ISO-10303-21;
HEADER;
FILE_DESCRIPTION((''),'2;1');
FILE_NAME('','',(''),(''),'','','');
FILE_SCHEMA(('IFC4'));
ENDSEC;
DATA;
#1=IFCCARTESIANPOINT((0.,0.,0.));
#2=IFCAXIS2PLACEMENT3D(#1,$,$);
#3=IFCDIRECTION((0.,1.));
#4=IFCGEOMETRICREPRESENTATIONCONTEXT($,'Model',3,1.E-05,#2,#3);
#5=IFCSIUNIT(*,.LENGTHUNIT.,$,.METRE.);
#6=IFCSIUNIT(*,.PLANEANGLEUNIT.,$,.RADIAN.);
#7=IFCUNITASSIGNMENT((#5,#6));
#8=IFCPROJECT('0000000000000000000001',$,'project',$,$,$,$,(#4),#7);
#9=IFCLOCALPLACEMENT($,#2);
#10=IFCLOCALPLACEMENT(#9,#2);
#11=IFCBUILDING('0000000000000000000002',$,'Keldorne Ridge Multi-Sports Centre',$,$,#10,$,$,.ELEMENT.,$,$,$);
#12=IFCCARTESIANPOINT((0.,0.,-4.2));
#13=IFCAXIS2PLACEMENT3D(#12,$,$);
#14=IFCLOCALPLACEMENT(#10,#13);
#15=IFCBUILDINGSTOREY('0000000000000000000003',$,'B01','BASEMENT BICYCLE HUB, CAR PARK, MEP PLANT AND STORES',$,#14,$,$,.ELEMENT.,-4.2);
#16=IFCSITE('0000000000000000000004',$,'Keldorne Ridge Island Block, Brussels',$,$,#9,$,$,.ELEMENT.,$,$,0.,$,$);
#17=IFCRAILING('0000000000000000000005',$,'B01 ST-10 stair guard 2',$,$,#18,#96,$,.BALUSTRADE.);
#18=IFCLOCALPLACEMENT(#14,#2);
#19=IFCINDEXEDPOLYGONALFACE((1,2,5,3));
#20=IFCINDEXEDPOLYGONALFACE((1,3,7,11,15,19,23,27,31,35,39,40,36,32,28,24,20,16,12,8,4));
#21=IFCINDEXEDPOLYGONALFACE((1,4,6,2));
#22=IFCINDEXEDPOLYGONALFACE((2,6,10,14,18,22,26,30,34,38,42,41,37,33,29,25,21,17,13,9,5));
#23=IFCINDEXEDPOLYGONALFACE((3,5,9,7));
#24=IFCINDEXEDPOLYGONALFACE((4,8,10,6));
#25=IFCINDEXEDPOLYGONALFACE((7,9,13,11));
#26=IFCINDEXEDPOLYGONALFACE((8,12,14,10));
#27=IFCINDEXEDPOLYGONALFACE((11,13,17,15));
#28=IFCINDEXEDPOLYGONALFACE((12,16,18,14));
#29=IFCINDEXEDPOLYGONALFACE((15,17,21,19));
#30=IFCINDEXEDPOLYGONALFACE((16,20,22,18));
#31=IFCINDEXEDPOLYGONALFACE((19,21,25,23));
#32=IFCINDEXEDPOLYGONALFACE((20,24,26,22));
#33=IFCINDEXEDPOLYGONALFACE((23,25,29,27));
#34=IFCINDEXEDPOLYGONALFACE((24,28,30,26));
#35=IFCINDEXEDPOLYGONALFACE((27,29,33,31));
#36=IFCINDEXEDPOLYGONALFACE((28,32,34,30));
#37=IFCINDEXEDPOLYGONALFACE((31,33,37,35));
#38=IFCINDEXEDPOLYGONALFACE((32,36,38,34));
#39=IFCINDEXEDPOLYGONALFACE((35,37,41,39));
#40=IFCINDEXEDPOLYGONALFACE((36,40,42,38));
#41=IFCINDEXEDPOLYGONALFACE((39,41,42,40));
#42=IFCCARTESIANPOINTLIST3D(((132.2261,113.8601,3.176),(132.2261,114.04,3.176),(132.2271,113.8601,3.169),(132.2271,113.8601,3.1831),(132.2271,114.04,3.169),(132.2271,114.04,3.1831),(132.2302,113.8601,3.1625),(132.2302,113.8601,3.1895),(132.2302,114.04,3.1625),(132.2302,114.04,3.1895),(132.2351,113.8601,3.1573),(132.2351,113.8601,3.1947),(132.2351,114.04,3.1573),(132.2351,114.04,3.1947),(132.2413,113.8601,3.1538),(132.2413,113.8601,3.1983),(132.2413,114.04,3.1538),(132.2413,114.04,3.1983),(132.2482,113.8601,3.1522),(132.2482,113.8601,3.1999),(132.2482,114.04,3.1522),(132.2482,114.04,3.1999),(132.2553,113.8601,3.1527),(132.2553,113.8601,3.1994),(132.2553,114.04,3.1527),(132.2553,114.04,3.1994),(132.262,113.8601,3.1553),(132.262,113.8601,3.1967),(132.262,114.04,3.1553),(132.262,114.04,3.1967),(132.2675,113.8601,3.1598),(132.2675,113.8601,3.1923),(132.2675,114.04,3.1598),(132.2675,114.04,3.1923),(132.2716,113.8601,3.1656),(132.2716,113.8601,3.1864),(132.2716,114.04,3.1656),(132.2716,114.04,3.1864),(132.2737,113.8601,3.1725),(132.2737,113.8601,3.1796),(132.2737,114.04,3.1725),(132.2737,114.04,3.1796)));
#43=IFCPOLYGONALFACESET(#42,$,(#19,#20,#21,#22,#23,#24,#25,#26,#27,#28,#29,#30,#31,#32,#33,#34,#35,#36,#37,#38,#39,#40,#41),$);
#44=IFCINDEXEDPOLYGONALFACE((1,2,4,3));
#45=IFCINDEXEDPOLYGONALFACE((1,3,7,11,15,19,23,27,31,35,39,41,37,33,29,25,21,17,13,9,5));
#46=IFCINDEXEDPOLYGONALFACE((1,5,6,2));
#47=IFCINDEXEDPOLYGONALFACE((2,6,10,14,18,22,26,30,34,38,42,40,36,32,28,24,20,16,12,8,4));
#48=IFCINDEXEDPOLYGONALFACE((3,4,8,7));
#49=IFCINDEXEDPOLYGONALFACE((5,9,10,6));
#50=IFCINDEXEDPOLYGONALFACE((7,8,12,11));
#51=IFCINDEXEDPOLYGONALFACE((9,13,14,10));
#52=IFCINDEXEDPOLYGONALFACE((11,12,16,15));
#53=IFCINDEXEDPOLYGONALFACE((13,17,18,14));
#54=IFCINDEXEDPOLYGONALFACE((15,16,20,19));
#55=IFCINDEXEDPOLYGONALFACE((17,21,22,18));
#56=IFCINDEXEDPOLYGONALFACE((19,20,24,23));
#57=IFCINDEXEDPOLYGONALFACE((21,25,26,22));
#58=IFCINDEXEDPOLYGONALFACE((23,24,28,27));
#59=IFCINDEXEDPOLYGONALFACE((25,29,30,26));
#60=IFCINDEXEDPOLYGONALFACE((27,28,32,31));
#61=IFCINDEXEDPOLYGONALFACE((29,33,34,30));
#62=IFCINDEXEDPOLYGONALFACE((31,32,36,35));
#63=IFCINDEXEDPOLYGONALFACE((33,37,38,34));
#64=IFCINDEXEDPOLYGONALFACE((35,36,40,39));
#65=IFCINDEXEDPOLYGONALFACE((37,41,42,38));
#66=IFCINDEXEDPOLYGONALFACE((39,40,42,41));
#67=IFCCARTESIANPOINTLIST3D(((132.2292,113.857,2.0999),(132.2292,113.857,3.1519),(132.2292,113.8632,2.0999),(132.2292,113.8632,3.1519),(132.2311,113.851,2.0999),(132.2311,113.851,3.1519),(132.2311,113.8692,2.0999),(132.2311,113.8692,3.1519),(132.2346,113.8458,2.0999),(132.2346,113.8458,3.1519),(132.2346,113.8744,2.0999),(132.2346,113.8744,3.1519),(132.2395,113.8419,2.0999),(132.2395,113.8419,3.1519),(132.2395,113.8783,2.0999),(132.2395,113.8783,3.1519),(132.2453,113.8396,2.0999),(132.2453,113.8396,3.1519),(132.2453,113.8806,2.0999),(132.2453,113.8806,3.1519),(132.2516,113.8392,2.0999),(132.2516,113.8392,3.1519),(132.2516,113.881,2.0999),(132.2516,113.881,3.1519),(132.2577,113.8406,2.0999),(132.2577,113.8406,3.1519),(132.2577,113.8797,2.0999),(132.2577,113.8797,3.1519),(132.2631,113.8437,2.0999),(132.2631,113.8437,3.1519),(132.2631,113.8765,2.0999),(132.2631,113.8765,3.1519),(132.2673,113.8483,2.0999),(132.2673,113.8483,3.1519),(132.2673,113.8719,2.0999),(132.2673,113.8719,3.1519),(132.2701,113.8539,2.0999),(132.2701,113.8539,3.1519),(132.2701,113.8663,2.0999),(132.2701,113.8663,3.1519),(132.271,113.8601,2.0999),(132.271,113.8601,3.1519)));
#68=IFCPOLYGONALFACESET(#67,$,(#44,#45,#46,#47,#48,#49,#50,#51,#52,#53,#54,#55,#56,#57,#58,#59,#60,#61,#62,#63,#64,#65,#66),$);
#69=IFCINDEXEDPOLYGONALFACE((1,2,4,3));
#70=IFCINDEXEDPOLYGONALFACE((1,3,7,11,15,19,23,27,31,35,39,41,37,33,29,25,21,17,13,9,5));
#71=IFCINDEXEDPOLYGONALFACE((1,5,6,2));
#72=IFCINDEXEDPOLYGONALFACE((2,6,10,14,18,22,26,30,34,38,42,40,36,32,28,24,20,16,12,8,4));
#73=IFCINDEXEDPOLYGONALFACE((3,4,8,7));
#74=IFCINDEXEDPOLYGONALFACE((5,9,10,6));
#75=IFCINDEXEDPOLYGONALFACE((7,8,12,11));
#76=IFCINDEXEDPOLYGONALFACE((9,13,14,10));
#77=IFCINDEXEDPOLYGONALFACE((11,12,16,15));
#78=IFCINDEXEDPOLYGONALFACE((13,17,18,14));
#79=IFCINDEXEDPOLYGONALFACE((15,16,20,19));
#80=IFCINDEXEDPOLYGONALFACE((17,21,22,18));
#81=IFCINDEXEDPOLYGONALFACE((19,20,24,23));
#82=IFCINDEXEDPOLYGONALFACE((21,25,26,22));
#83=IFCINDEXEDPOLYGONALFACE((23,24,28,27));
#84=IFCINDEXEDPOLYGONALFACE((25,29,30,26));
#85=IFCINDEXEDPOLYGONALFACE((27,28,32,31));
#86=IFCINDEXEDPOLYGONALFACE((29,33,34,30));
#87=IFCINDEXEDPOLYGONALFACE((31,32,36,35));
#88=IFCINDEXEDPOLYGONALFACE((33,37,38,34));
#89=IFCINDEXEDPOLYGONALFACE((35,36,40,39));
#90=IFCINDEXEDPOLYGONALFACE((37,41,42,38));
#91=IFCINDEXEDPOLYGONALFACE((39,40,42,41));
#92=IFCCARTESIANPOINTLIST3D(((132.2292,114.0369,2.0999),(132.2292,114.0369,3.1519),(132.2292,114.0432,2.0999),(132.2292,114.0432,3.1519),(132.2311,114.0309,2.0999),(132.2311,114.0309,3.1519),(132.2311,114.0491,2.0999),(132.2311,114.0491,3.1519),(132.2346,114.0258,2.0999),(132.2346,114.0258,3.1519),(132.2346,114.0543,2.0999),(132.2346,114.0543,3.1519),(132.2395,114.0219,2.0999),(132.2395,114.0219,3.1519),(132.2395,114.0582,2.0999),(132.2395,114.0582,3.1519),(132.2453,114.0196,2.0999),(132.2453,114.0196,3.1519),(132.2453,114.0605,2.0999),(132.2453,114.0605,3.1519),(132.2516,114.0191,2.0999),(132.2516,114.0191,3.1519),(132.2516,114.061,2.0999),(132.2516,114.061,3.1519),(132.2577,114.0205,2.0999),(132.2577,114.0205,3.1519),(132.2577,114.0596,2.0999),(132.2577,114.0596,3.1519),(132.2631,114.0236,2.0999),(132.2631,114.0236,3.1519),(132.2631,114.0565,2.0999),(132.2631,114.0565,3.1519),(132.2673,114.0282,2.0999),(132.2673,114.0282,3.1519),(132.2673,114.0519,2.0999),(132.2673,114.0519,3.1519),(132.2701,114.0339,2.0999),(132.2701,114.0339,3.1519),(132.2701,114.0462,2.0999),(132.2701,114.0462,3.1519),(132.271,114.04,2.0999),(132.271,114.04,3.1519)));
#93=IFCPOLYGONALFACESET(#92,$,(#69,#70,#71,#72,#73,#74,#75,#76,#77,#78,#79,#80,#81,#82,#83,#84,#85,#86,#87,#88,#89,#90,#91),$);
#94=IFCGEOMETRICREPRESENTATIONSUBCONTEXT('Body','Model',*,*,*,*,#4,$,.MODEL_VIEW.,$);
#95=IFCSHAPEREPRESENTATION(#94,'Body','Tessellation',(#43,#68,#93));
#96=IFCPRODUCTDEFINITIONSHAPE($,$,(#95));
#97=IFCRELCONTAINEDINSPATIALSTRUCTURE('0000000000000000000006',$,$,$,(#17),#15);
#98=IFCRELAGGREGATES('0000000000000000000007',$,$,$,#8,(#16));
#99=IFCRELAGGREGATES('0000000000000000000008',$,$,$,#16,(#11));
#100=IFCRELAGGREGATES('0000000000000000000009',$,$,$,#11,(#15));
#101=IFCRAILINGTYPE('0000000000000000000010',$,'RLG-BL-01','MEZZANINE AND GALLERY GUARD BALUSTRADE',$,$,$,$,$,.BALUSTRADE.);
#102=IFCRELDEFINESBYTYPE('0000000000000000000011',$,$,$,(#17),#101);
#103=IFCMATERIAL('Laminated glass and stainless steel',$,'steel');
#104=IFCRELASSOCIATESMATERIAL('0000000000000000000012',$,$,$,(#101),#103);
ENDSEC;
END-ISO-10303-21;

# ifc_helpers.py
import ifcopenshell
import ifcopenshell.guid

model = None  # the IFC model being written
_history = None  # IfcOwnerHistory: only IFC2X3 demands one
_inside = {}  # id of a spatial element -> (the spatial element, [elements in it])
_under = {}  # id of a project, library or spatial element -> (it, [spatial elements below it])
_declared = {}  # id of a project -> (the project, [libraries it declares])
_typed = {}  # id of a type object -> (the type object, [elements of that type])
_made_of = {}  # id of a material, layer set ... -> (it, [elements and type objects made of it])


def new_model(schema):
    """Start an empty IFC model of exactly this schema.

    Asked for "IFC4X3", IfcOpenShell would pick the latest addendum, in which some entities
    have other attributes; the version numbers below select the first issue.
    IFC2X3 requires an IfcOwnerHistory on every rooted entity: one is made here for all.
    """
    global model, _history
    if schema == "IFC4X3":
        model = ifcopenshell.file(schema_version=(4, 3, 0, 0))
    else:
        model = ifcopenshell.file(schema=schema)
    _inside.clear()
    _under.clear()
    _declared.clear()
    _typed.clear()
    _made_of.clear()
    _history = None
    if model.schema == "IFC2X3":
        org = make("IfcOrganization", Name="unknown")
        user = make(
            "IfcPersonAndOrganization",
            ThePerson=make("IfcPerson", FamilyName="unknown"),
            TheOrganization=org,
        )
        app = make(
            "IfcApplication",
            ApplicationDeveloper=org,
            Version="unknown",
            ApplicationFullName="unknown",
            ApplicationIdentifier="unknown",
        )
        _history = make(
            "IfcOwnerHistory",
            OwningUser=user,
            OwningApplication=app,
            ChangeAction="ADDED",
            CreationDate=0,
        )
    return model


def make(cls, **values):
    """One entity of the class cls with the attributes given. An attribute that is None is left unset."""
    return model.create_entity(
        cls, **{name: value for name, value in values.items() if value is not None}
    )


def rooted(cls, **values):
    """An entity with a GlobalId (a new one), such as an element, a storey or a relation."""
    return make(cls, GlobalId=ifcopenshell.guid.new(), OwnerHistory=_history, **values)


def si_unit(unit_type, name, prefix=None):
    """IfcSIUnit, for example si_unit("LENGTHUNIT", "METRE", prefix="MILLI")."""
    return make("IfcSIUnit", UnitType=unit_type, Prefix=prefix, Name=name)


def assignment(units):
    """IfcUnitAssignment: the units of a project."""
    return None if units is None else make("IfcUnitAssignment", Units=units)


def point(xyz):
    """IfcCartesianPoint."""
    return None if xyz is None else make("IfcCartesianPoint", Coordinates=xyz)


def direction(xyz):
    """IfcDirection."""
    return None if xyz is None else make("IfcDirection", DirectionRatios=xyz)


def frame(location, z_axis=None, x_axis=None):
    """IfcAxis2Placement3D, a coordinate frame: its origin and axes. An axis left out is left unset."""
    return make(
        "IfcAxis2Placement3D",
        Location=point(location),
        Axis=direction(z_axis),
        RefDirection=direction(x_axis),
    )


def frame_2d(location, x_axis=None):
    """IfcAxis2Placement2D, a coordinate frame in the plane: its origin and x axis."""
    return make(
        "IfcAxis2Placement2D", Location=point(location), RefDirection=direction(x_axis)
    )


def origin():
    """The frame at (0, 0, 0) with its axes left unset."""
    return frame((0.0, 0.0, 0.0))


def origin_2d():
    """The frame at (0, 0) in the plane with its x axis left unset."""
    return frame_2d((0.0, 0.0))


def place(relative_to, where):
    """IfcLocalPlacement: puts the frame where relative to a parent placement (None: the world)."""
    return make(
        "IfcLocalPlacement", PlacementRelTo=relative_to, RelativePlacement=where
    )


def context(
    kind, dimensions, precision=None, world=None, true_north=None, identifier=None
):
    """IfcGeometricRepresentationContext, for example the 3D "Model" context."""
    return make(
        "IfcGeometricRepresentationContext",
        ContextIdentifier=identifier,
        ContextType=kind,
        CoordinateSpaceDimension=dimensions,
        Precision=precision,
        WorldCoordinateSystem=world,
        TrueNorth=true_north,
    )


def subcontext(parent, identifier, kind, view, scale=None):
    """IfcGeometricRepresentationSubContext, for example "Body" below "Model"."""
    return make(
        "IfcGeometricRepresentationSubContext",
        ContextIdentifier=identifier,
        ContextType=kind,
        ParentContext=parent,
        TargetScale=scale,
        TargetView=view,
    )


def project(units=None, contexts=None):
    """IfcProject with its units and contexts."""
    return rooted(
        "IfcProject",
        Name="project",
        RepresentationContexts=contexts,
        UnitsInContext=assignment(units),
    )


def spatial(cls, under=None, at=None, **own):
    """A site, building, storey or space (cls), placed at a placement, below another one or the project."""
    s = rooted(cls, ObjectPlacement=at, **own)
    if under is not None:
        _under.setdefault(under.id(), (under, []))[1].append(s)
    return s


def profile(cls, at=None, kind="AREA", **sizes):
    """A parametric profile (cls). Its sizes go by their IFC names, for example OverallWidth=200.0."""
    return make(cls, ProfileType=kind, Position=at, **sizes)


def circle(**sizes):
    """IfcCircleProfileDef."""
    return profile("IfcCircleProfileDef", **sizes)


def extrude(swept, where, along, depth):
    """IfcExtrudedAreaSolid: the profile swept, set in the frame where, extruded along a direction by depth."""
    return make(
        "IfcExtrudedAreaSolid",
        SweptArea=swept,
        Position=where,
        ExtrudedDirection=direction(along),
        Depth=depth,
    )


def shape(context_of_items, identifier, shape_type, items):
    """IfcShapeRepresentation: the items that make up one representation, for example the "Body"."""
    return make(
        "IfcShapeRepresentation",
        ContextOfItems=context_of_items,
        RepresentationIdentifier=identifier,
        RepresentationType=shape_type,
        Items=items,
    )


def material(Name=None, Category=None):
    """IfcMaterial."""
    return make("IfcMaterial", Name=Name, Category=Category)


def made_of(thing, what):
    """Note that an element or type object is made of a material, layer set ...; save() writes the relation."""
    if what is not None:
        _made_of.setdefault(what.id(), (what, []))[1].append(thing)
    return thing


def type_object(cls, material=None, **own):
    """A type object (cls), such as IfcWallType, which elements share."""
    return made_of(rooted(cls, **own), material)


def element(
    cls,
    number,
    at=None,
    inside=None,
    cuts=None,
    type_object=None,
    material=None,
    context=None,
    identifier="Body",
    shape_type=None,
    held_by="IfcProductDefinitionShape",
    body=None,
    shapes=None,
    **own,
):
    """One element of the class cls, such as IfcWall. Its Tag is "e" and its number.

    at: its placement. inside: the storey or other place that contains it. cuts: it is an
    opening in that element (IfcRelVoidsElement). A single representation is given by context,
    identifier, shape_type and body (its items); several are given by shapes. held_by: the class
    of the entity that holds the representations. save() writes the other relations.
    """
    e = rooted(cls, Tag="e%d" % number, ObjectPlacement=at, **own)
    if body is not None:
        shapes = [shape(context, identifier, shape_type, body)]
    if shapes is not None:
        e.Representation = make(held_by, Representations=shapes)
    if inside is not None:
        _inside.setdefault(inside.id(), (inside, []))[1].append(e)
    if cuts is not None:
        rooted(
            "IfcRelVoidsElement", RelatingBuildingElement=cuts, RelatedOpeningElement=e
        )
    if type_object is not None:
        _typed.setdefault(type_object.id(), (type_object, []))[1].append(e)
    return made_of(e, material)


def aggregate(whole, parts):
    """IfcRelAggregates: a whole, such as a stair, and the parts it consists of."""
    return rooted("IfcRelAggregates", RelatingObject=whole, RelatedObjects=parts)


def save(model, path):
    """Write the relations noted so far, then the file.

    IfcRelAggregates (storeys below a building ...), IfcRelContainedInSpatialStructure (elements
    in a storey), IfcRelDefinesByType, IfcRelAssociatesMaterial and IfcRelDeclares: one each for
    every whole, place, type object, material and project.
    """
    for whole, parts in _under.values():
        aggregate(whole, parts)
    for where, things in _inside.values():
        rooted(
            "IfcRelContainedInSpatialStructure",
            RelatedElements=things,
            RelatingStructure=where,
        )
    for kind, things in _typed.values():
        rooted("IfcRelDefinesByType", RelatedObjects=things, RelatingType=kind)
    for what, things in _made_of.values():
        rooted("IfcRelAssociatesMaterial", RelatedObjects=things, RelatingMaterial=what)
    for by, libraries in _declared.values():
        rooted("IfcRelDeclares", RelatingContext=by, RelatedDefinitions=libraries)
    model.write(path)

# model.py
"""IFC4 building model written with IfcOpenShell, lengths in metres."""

from ifc_helpers import new_model, si_unit, direction, frame, origin, origin_2d, place, context, subcontext, project, spatial, circle, extrude, material, type_object, element, save


model = new_model("IFC4")

# Units and contexts
model_context = context("Model", 3, precision=1e-05, world=origin(), true_north=direction((0.0, 1.0)))
body_context = subcontext(model_context, "Body", "Model", "MODEL_VIEW")
ifc_project = project(units=[si_unit("LENGTHUNIT", "METRE"), si_unit("PLANEANGLEUNIT", "RADIAN")], contexts=[model_context])

# Site, building, storey
site_placement = place(None, origin())
site = spatial("IfcSite", under=ifc_project, at=site_placement, Name="Keldorne Ridge Island Block, Brussels", CompositionType="ELEMENT", RefElevation=0.0)
building_placement = place(site_placement, origin())
building = spatial("IfcBuilding", under=site, at=building_placement, Name="Keldorne Ridge Multi-Sports Centre", CompositionType="ELEMENT")
storey_placement = place(building_placement, frame((0.0, 0.0, -4.2)))
storey = spatial("IfcBuildingStorey", under=building, at=storey_placement, Name="B01", Description="BASEMENT BICYCLE HUB, CAR PARK, MEP PLANT AND STORES", CompositionType="ELEMENT", Elevation=-4.2)

# Railing
ifc_material_1 = material(Name="Laminated glass and stainless steel", Category="steel")
railing_type_1 = type_object("IfcRailingType", Name="RLG-BL-01", Description="MEZZANINE AND GALLERY GUARD BALUSTRADE", PredefinedType="BALUSTRADE", material=ifc_material_1)
railing_1_placement = place(storey_placement, frame((132.25, 113.8601, 2.0999)))
element("IfcRailing", 1, at=railing_1_placement, inside=storey, type_object=railing_type_1, Name="B01 ST-10 stair guard 2", PredefinedType="BALUSTRADE", context=body_context, shape_type="SweptSolid", body=[
    extrude(circle(Radius=0.0239, at=origin_2d()), frame((0.0, 0.0, 1.0762), z_axis=(0.0, 1.0, 0.0), x_axis=(-1.0, 0.0, 0.0)), (0.0, 0.0, 1.0), 0.1799),
    extrude(circle(Radius=0.021, at=origin_2d()), origin(), (0.0, 0.0, 1.0), 1.052),
    extrude(circle(Radius=0.021, at=origin_2d()), frame((0.0, 0.1799, 0.0)), (0.0, 0.0, 1.0), 1.052),
])

save(model, "model.ifc")
